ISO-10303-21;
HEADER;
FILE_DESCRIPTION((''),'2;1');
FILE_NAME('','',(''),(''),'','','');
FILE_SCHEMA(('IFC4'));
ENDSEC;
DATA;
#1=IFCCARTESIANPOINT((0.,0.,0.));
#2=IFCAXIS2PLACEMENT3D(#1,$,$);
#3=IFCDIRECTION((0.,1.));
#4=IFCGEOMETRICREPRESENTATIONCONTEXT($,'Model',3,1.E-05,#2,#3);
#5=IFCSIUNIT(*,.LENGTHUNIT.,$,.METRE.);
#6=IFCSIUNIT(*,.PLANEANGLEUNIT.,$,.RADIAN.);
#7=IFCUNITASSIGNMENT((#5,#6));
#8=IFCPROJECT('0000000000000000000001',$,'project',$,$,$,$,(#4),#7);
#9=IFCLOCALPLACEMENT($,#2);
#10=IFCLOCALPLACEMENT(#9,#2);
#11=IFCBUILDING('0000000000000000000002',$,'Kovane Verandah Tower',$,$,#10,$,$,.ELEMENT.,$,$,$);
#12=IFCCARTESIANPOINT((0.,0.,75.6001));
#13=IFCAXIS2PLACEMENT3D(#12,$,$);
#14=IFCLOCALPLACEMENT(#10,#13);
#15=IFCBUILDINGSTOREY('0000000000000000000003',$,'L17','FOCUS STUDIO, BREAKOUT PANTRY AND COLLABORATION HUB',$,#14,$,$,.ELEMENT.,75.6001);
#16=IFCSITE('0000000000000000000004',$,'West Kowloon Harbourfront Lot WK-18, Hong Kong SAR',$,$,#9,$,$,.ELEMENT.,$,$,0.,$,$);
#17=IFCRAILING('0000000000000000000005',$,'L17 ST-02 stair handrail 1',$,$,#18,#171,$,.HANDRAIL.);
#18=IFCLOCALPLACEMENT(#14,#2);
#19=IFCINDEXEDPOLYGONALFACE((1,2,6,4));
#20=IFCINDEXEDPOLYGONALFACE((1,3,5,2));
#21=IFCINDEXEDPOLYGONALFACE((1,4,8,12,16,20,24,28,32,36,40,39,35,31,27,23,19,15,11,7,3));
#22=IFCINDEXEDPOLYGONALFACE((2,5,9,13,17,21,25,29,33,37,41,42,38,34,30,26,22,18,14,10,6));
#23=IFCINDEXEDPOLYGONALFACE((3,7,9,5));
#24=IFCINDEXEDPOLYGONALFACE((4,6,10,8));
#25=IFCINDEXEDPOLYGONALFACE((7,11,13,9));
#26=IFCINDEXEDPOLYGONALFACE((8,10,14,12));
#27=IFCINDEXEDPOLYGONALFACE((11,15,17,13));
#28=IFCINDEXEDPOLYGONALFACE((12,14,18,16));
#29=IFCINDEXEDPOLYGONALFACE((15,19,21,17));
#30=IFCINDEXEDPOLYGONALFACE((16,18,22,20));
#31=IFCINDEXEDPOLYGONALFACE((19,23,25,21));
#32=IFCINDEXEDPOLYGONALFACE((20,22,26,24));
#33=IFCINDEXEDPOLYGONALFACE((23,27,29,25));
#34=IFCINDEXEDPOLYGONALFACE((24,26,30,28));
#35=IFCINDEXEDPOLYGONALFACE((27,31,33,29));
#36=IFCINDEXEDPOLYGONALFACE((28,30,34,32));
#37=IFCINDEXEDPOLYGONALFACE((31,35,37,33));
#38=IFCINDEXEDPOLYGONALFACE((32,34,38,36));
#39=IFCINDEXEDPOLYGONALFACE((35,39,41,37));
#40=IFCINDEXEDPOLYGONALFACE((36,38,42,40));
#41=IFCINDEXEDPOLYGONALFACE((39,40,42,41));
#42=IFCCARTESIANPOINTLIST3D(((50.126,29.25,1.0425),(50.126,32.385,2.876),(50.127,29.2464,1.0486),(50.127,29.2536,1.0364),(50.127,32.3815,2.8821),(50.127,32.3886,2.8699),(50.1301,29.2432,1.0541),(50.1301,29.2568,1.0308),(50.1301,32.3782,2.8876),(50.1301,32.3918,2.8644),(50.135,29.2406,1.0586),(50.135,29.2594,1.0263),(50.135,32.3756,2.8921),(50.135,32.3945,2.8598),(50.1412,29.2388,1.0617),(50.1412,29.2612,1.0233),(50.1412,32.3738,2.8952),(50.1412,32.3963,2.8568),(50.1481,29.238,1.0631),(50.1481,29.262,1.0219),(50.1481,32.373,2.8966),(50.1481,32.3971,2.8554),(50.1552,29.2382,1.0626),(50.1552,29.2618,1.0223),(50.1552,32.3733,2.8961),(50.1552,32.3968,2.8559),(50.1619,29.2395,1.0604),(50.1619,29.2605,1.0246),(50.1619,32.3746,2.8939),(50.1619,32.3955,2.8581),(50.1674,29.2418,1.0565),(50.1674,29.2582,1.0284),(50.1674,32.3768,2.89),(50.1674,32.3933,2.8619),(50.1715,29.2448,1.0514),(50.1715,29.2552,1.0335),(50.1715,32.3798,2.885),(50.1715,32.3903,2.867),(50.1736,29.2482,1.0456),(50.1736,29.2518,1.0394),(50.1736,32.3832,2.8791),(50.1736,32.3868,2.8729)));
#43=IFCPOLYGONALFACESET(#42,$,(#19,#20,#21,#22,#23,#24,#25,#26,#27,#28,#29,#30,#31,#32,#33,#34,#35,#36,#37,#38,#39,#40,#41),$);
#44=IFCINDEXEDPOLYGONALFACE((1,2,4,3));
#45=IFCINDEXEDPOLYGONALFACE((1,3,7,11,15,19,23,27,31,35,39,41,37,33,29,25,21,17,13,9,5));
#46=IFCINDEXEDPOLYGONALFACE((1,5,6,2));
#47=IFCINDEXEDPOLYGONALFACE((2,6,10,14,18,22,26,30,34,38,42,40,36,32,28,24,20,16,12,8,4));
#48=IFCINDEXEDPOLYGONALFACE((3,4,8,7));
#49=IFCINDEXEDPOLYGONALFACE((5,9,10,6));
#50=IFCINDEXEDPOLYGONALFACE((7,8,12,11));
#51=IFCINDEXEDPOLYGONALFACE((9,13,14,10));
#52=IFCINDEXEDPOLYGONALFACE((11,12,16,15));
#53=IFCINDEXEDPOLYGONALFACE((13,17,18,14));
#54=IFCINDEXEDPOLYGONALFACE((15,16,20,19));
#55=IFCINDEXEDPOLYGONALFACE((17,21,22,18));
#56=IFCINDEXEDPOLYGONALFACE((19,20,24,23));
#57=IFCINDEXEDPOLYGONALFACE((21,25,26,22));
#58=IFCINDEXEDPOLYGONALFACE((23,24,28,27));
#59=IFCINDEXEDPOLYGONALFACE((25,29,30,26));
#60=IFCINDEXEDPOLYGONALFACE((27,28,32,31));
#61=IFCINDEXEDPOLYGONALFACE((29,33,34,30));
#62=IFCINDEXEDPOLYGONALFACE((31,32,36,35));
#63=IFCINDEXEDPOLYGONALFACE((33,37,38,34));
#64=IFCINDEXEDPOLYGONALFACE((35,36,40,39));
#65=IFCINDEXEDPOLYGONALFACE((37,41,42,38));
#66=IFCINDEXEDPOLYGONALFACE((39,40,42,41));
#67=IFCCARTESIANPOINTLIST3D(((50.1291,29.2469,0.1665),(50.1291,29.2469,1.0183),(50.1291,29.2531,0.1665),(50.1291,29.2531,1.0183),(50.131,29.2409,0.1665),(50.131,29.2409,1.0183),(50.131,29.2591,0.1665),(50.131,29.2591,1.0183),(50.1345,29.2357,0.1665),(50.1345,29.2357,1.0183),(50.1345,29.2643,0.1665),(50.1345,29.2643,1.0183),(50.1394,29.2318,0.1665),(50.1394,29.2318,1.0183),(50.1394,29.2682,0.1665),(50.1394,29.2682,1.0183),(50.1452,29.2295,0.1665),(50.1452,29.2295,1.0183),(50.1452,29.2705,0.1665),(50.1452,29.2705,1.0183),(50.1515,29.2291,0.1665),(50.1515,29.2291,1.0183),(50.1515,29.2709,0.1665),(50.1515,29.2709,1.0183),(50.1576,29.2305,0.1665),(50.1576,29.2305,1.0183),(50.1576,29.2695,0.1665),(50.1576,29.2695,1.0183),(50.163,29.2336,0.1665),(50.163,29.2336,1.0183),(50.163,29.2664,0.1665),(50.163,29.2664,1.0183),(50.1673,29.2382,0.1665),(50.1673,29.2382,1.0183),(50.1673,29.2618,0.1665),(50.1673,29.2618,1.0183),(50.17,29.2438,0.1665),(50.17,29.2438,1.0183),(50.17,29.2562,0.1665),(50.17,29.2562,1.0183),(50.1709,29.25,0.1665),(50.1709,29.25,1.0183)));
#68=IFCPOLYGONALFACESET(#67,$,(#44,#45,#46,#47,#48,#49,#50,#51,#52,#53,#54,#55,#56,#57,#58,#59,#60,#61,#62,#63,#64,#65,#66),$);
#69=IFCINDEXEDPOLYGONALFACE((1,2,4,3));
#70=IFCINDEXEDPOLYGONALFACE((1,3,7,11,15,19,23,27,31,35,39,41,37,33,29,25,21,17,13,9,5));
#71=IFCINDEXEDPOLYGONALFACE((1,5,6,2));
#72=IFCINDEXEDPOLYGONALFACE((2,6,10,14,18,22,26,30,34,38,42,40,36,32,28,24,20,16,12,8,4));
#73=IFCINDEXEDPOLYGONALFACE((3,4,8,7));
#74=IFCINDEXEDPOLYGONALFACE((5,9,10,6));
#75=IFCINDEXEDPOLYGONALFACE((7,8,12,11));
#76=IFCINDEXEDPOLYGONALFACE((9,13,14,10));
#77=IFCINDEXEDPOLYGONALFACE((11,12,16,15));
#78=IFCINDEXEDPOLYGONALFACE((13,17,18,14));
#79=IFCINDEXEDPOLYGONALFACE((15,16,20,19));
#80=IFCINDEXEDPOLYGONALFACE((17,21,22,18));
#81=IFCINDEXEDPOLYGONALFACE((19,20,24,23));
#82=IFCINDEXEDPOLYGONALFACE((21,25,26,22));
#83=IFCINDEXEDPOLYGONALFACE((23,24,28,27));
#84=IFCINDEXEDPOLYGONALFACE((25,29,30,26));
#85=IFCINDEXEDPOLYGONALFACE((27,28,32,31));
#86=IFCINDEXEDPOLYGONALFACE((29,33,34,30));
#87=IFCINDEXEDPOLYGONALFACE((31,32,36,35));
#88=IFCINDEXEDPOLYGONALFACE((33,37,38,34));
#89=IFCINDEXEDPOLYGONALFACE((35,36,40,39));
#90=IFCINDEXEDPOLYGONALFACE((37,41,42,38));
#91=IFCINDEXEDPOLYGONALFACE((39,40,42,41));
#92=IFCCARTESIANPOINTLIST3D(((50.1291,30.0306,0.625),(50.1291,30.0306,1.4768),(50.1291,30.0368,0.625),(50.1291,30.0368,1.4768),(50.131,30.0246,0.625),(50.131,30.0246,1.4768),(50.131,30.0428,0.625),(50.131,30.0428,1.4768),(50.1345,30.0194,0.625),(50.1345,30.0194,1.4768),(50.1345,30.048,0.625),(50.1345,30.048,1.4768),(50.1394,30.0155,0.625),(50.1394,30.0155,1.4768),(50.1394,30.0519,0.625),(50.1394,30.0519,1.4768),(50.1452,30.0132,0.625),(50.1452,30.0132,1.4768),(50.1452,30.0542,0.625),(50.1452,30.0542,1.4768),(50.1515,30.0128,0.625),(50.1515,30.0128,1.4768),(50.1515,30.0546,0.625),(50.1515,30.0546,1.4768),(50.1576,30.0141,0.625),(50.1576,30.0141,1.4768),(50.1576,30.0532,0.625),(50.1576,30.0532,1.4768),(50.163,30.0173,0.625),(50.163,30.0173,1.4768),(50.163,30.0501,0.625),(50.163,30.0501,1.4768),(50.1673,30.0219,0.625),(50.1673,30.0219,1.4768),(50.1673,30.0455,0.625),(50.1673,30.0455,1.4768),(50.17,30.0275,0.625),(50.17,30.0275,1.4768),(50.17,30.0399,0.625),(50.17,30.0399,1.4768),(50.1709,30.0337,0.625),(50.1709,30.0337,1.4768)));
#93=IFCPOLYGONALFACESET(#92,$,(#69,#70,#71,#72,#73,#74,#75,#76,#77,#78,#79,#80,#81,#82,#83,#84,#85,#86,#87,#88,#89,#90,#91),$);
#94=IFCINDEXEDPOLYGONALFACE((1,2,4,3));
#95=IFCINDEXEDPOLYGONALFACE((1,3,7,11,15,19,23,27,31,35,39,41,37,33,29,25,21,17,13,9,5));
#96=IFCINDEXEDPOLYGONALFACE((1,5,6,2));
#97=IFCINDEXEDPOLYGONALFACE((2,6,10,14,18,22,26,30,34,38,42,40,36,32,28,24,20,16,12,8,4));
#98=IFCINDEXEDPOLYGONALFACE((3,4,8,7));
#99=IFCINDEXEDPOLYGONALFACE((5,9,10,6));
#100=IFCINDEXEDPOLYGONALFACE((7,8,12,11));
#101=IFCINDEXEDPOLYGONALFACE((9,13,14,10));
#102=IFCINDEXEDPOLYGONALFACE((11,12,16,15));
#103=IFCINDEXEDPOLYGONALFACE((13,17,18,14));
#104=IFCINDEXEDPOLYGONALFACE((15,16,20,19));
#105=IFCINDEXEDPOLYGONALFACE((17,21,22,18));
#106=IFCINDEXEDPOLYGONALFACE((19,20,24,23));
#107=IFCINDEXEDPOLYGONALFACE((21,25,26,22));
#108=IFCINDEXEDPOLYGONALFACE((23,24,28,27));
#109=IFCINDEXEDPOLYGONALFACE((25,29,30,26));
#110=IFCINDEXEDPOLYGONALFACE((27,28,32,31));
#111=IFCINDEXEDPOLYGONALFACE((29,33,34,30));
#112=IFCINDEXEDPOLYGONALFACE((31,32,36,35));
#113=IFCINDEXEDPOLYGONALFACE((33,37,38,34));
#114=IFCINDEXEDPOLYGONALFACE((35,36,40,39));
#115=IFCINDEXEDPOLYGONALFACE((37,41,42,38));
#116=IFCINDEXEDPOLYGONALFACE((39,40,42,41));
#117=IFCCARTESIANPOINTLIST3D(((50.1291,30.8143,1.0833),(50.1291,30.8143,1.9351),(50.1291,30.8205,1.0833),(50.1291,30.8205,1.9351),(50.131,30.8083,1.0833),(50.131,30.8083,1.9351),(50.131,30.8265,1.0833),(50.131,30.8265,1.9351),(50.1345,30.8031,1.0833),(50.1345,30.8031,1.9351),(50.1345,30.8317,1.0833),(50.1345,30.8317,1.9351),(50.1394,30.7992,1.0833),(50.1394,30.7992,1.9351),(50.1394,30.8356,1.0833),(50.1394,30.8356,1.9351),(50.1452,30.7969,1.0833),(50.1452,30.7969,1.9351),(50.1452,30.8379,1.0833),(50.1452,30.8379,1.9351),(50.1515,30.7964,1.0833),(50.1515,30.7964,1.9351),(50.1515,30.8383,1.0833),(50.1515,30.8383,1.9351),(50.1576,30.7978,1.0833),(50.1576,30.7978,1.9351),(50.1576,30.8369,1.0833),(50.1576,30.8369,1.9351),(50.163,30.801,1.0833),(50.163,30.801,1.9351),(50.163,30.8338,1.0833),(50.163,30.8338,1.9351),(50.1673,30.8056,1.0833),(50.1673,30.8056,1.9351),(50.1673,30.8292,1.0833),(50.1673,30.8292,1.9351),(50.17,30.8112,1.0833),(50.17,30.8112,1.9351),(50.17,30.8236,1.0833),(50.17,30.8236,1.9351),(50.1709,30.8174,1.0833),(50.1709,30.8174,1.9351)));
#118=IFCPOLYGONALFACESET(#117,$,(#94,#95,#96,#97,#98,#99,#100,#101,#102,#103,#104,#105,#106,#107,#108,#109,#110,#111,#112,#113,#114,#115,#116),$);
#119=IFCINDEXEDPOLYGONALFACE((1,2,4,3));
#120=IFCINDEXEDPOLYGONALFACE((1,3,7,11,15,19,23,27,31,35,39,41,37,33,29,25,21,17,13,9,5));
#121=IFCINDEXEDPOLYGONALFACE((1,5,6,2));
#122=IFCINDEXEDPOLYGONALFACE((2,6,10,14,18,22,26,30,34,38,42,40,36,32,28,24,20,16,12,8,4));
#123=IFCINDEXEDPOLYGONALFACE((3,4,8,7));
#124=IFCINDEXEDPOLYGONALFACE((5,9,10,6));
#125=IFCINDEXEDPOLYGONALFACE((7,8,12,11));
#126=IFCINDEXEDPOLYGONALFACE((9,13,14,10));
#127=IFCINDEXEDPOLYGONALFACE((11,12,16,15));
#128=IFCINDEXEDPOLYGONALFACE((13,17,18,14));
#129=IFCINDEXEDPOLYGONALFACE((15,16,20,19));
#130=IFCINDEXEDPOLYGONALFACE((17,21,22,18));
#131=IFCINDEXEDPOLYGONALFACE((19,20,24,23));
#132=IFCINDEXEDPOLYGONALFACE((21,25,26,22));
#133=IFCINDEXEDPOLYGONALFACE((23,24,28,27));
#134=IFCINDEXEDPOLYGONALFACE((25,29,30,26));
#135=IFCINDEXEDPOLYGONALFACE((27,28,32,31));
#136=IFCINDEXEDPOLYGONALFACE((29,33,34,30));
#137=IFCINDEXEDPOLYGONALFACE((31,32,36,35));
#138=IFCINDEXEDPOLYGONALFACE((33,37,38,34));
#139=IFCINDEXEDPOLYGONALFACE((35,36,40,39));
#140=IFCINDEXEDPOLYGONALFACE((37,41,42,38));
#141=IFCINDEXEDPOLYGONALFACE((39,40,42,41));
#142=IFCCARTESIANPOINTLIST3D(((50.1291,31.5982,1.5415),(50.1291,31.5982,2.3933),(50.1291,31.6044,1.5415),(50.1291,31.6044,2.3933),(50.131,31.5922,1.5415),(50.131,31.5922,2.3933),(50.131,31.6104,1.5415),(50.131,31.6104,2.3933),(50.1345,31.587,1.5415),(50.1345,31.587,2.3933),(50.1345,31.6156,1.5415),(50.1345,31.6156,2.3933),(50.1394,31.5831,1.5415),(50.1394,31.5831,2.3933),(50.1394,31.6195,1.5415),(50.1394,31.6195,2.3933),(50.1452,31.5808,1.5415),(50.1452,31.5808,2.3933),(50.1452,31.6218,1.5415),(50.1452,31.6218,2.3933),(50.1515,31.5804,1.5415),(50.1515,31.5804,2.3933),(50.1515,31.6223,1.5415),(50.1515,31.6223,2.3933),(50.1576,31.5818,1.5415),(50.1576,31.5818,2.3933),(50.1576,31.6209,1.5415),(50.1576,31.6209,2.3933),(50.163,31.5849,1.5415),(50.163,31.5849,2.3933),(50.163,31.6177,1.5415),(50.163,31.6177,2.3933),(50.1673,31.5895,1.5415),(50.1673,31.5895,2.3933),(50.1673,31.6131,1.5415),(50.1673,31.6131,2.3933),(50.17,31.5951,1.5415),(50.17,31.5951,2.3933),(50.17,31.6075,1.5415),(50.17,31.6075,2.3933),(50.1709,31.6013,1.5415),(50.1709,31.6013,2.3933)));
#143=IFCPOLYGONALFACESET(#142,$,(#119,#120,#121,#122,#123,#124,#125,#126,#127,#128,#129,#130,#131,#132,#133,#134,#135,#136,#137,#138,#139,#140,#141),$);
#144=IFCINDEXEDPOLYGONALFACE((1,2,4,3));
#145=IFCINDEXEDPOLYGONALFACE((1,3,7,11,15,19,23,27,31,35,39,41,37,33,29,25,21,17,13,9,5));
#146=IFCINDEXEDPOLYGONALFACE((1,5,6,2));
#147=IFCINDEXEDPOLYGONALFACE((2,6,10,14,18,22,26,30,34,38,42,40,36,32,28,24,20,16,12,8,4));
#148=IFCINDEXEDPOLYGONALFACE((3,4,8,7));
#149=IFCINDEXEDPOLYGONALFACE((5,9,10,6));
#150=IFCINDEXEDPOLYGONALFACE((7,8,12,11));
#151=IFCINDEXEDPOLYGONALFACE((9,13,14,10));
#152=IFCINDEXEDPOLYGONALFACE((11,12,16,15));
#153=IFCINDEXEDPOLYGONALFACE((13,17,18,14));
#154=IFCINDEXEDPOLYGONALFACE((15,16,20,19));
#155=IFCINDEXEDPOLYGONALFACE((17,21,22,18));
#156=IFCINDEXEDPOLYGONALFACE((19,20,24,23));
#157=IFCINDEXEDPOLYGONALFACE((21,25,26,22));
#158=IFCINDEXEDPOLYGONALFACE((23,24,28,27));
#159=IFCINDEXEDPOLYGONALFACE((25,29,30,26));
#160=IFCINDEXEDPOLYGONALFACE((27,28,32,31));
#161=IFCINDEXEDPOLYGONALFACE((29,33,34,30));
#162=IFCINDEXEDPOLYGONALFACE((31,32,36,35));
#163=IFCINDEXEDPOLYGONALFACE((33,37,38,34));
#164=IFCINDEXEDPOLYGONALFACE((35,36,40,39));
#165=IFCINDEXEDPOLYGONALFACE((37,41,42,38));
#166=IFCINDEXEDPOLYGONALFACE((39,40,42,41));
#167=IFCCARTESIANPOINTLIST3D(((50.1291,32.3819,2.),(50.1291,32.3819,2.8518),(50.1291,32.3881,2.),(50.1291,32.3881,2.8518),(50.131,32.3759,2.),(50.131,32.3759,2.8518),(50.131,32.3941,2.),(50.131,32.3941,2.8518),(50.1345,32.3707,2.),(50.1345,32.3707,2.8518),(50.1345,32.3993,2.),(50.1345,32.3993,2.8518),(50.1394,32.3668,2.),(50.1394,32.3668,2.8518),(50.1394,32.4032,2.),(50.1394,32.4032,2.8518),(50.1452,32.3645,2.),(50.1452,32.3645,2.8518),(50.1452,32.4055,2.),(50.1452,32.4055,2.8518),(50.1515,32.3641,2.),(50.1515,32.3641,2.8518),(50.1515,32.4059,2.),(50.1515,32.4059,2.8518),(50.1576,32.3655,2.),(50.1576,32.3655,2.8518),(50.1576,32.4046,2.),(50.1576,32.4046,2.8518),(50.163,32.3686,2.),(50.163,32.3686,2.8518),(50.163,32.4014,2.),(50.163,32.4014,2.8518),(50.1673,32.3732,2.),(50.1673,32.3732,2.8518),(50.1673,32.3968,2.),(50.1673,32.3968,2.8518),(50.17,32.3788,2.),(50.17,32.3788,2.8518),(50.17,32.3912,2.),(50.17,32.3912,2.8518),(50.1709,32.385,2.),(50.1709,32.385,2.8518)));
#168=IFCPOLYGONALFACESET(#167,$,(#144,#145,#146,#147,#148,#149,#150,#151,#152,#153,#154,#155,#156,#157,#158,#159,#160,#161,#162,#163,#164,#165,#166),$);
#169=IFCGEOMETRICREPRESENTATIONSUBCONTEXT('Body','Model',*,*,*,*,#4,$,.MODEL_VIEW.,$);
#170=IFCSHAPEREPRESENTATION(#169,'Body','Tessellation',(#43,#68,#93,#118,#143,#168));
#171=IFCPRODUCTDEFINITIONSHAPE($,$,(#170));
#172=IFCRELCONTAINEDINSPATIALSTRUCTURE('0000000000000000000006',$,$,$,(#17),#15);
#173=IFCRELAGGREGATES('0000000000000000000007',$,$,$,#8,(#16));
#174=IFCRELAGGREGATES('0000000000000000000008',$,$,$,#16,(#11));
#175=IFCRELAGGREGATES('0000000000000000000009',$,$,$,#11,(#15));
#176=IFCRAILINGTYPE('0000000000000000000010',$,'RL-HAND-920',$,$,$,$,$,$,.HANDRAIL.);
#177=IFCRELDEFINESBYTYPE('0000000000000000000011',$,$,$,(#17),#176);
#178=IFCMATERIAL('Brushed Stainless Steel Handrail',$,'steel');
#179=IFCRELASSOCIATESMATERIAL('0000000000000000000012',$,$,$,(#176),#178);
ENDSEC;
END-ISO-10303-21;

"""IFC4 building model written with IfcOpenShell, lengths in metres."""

from ifc_helpers import new_model, si_unit, direction, frame, origin, origin_2d, place, context, subcontext, project, spatial, circle, extrude, material, type_object, element, save


model = new_model("IFC4")

# Units and contexts
model_context = context("Model", 3, precision=1e-05, world=origin(), true_north=direction((0.0, 1.0)))
body_context = subcontext(model_context, "Body", "Model", "MODEL_VIEW")
ifc_project = project(units=[si_unit("LENGTHUNIT", "METRE"), si_unit("PLANEANGLEUNIT", "RADIAN")], contexts=[model_context])

# Site, building, storey
site_placement = place(None, origin())
site = spatial("IfcSite", under=ifc_project, at=site_placement, Name="West Kowloon Harbourfront Lot WK-18, Hong Kong SAR", CompositionType="ELEMENT", RefElevation=0.0)
building_placement = place(site_placement, origin())
building = spatial("IfcBuilding", under=site, at=building_placement, Name="Kovane Verandah Tower", CompositionType="ELEMENT")
storey_placement = place(building_placement, frame((0.0, 0.0, 75.6001)))
storey = spatial("IfcBuildingStorey", under=building, at=storey_placement, Name="L17", Description="FOCUS STUDIO, BREAKOUT PANTRY AND COLLABORATION HUB", CompositionType="ELEMENT", Elevation=75.6001)

# Railing
ifc_material_1 = material(Name="Brushed Stainless Steel Handrail", Category="steel")
railing_type_1 = type_object("IfcRailingType", Name="RL-HAND-920", PredefinedType="HANDRAIL", material=ifc_material_1)
railing_1_placement = place(storey_placement, frame((50.1499, 29.25, 0.1665)))
element("IfcRailing", 1, at=railing_1_placement, inside=storey, type_object=railing_type_1, Name="L17 ST-02 stair handrail 1", PredefinedType="HANDRAIL", context=body_context, shape_type="SweptSolid", body=[
    extrude(circle(Radius=0.0239, at=origin_2d()), frame((0.0, 0.0, 0.876), z_axis=(0.0, 0.86321, 0.504845), x_axis=(-1.0, 0.0, 0.0)), (0.0, 0.0, 1.0), 3.6318),
    extrude(circle(Radius=0.021, at=origin_2d()), origin(), (0.0, 0.0, 1.0), 0.8518),
    extrude(circle(Radius=0.021, at=origin_2d()), frame((0.0, 0.7837, 0.4585)), (0.0, 0.0, 1.0), 0.8518),
    extrude(circle(Radius=0.021, at=origin_2d()), frame((0.0, 1.5674, 0.9167)), (0.0, 0.0, 1.0), 0.8518),
    extrude(circle(Radius=0.021, at=origin_2d()), frame((0.0, 2.3513, 1.375)), (0.0, 0.0, 1.0), 0.8518),
    extrude(circle(Radius=0.021, at=origin_2d()), frame((0.0, 3.135, 1.8335)), (0.0, 0.0, 1.0), 0.8518),
])

save(model, "model.ifc")
